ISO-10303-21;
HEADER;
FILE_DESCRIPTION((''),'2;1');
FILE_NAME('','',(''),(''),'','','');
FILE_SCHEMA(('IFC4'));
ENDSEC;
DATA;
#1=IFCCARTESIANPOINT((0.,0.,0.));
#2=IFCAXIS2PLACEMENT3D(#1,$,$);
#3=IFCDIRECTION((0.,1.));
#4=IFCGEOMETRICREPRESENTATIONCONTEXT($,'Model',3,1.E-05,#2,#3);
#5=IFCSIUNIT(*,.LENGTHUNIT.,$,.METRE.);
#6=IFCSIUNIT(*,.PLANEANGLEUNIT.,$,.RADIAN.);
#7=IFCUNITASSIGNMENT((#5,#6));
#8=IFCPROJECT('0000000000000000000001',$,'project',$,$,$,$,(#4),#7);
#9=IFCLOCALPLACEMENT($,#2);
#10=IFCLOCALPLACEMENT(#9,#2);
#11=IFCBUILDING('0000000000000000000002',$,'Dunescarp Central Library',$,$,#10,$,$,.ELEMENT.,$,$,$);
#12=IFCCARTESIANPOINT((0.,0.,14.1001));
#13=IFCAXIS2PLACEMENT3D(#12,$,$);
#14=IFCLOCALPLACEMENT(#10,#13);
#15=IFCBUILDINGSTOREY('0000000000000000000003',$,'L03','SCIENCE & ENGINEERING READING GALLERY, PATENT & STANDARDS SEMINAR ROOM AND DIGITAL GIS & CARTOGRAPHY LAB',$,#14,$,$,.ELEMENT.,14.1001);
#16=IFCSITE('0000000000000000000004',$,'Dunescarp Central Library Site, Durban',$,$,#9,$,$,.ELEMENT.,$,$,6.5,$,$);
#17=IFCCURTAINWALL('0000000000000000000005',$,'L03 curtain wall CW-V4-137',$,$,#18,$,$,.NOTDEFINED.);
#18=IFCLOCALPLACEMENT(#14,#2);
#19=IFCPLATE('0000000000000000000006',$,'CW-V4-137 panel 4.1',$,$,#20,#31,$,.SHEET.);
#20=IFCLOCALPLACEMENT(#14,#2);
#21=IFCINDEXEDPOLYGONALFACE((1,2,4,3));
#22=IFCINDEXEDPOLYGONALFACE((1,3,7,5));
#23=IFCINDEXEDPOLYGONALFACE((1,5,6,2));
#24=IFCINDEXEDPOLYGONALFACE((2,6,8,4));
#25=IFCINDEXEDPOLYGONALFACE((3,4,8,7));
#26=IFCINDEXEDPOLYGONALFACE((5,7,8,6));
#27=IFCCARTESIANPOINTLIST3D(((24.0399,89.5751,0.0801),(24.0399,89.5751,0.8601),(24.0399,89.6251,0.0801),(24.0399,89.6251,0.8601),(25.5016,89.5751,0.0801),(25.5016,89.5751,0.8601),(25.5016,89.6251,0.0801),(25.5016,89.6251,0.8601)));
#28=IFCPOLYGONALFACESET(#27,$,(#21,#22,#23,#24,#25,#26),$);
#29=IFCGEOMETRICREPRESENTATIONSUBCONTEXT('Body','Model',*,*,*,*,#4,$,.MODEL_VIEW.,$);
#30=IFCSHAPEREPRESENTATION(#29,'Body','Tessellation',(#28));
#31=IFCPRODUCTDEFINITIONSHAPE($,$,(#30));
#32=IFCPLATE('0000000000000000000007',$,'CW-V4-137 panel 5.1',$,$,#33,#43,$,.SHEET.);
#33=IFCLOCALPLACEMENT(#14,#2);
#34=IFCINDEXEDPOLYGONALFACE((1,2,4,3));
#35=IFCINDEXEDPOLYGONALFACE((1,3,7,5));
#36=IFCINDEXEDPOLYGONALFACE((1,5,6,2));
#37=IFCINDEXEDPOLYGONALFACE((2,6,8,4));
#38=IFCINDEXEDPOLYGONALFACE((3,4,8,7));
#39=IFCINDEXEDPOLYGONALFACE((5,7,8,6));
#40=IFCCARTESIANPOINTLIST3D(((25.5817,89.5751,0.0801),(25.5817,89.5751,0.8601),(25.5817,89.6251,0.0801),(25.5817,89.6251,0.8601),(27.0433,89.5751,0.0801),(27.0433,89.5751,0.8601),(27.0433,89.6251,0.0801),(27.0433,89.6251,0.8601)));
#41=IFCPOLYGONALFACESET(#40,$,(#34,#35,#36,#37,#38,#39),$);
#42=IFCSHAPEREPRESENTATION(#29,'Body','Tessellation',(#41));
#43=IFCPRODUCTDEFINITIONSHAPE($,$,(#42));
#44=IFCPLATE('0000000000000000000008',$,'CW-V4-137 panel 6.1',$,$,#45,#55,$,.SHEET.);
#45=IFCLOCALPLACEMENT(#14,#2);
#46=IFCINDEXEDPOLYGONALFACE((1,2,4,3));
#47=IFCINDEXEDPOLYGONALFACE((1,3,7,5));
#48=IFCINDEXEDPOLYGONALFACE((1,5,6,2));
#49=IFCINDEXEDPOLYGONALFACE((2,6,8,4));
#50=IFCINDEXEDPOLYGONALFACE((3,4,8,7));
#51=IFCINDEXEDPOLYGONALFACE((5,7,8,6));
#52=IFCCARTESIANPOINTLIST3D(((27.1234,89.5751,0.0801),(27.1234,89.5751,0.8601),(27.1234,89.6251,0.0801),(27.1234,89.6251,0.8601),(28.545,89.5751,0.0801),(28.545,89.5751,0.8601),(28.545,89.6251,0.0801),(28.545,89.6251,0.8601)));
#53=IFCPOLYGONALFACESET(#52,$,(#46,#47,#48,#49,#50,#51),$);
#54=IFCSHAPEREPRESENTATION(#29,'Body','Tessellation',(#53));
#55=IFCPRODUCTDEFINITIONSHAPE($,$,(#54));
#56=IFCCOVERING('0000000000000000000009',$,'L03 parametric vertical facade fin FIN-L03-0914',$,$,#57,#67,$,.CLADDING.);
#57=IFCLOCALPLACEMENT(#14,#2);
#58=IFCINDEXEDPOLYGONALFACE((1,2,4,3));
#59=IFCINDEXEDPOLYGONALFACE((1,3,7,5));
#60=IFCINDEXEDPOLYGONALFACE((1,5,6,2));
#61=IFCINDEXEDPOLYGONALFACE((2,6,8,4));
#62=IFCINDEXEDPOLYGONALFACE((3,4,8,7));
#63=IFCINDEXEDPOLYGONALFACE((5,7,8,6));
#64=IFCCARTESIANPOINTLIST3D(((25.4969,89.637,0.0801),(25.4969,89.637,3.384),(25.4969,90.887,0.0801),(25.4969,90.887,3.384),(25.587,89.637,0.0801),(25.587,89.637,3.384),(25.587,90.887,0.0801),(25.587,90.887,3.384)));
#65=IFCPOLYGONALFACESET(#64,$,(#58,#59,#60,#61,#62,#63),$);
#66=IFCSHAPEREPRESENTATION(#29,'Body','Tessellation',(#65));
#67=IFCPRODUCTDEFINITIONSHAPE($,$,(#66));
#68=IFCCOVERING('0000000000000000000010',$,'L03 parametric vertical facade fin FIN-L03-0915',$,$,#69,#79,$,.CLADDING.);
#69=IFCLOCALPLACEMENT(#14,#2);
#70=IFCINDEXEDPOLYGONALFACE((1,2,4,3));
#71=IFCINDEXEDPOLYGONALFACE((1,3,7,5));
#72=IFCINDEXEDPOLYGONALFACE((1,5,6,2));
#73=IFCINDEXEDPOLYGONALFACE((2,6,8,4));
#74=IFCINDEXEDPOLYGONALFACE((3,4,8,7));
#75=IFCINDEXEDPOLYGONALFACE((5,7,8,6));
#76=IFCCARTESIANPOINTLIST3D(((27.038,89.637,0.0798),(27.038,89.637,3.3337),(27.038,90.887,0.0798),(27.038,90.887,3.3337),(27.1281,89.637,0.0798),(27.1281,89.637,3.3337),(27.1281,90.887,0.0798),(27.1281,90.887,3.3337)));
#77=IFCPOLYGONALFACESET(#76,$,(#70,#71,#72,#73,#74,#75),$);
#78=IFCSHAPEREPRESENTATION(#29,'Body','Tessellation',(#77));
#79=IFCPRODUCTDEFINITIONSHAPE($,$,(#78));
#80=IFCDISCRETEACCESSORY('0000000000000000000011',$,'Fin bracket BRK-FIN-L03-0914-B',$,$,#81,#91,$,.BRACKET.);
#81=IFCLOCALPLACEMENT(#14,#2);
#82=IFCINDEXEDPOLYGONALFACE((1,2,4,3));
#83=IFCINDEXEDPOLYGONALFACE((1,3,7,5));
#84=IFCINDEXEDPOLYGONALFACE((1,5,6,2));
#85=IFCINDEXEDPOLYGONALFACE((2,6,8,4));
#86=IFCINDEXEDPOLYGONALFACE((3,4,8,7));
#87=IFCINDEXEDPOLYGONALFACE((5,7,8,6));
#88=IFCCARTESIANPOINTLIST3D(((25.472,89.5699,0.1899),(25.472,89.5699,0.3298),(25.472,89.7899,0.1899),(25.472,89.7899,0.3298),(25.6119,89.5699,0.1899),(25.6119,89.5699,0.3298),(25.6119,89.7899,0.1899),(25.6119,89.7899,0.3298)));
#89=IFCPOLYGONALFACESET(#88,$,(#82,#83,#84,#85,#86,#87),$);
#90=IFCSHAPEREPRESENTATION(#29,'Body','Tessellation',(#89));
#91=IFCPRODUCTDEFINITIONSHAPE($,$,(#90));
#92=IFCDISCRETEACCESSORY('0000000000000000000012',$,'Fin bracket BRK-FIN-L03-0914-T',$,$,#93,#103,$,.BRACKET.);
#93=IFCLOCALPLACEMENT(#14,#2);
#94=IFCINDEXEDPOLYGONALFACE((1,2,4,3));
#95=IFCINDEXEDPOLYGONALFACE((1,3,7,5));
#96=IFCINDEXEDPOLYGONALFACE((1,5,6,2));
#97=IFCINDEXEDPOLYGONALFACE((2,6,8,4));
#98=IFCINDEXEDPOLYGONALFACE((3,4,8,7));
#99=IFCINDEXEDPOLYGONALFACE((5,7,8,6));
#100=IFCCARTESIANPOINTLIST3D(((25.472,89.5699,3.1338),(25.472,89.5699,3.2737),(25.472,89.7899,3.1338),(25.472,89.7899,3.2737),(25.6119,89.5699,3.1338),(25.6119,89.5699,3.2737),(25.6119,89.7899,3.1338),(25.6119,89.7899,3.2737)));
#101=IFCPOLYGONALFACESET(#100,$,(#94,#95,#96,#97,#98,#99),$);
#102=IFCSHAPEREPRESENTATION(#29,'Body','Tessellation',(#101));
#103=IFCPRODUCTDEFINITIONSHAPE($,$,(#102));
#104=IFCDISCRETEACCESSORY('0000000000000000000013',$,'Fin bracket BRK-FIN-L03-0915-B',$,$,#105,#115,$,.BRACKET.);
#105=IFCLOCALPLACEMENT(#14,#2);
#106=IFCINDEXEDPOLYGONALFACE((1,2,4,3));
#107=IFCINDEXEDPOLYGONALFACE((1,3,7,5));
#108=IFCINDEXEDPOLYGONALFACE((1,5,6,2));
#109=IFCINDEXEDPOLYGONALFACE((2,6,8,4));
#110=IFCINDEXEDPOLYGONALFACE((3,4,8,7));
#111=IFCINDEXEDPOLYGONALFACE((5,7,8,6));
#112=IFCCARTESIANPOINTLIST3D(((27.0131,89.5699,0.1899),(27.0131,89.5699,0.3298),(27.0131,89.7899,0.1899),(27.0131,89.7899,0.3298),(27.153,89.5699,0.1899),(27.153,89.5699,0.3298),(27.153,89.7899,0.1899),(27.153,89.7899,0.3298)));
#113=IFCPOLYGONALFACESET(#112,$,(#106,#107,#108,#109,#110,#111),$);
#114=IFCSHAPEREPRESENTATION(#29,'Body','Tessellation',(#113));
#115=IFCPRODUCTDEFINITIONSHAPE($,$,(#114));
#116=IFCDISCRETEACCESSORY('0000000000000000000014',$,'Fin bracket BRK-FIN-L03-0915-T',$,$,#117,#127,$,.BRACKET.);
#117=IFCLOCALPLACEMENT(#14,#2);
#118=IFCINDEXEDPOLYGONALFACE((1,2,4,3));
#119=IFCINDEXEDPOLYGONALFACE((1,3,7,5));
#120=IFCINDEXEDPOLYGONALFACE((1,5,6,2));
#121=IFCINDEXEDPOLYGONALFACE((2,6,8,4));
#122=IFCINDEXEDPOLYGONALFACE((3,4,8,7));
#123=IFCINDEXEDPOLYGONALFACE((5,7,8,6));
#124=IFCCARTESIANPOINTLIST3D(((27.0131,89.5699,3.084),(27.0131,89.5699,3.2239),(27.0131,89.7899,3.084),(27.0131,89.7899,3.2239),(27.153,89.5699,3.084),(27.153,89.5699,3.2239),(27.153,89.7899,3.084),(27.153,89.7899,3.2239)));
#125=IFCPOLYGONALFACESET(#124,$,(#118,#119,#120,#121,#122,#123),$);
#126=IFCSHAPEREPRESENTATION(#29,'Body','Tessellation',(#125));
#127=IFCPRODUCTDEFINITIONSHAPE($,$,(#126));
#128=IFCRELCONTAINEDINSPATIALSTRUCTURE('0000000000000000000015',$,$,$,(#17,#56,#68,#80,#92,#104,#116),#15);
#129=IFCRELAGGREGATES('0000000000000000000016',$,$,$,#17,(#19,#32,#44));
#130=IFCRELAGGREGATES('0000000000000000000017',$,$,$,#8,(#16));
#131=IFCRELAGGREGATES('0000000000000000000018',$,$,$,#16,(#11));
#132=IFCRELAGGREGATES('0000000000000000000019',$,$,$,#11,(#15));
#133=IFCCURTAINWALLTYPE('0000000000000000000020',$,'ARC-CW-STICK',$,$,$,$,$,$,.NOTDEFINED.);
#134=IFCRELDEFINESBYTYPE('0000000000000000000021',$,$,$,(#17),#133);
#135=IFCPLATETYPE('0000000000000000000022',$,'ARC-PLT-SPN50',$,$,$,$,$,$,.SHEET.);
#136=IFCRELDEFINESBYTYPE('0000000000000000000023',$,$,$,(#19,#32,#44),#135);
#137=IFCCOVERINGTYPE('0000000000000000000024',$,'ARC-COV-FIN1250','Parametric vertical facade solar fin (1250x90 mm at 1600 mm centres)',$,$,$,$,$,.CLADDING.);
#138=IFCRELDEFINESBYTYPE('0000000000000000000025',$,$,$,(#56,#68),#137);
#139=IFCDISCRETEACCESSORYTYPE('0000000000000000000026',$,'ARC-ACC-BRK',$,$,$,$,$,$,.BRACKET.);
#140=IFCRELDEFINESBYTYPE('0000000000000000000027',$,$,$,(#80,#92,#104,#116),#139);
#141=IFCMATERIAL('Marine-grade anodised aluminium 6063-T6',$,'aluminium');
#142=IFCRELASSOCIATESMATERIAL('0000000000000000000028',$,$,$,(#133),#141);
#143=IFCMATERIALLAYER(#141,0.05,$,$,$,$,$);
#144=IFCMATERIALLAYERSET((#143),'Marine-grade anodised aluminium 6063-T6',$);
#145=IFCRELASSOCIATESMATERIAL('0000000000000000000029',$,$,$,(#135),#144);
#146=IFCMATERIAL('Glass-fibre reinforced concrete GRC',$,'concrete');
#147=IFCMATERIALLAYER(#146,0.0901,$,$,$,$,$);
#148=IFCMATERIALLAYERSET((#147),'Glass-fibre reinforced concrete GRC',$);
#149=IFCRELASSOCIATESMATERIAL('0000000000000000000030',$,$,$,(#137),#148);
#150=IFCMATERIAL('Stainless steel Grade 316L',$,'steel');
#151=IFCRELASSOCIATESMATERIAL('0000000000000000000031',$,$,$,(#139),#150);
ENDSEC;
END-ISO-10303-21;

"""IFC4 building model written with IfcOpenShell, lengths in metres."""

from ifc_helpers import new_model, si_unit, direction, frame, origin, origin_2d, place, context, subcontext, project, spatial, rectangle, extrude, material, layer, layer_set, type_object, element, aggregate, save


model = new_model("IFC4")

# Units and contexts
model_context = context("Model", 3, precision=1e-05, world=origin(), true_north=direction((0.0, 1.0)))
body_context = subcontext(model_context, "Body", "Model", "MODEL_VIEW")
ifc_project = project(units=[si_unit("LENGTHUNIT", "METRE"), si_unit("PLANEANGLEUNIT", "RADIAN")], contexts=[model_context])

# Site, building, storey
site_placement = place(None, origin())
site = spatial("IfcSite", under=ifc_project, at=site_placement, Name="Dunescarp Central Library Site, Durban", CompositionType="ELEMENT", RefElevation=6.5)
building_placement = place(site_placement, origin())
building = spatial("IfcBuilding", under=site, at=building_placement, Name="Dunescarp Central Library", CompositionType="ELEMENT")
storey_placement = place(building_placement, frame((0.0, 0.0, 14.1001)))
storey = spatial("IfcBuildingStorey", under=building, at=storey_placement, Name="L03", Description="SCIENCE & ENGINEERING READING GALLERY, PATENT & STANDARDS SEMINAR ROOM AND DIGITAL GIS & CARTOGRAPHY LAB", CompositionType="ELEMENT", Elevation=14.1001)

# Curtain wall, plates
ifc_material_1 = material(Name="Marine-grade anodised aluminium 6063-T6", Category="aluminium")
curtain_wall_type = type_object("IfcCurtainWallType", Name="ARC-CW-STICK", PredefinedType="NOTDEFINED", material=ifc_material_1)
curtain_wall_placement = place(storey_placement, origin())
curtain_wall = element("IfcCurtainWall", 1, at=curtain_wall_placement, inside=storey, type_object=curtain_wall_type, Name="L03 curtain wall CW-V4-137", PredefinedType="NOTDEFINED")
ifc_layer_1 = layer(ifc_material_1, 0.05)
ifc_layer_set_1 = layer_set([ifc_layer_1], Name="Marine-grade anodised aluminium 6063-T6")
plate_type_1 = type_object("IfcPlateType", Name="ARC-PLT-SPN50", PredefinedType="SHEET", material=ifc_layer_set_1)
plate_1_placement = place(storey_placement, frame((24.7708, 89.6001, 0.0801), z_axis=(0.0, 0.0, 1.0), x_axis=(1.0, 0.0, 0.0)))
plate_1 = element("IfcPlate", 2, at=plate_1_placement, type_object=plate_type_1, Name="CW-V4-137 panel 4.1", PredefinedType="SHEET", context=body_context, shape_type="SweptSolid", body=[
    extrude(rectangle(XDim=1.4617, YDim=0.05, at=origin_2d()), origin(), (0.0, 0.0, 1.0), 0.78),
])
plate_2_placement = place(storey_placement, frame((26.3125, 89.6001, 0.0801), z_axis=(0.0, 0.0, 1.0), x_axis=(1.0, 0.0, 0.0)))
plate_2 = element("IfcPlate", 3, at=plate_2_placement, type_object=plate_type_1, Name="CW-V4-137 panel 5.1", PredefinedType="SHEET", context=body_context, shape_type="SweptSolid", body=[
    extrude(rectangle(XDim=1.4617, YDim=0.05, at=origin_2d()), origin(), (0.0, 0.0, 1.0), 0.78),
])
plate_3_placement = place(storey_placement, frame((27.8342, 89.6001, 0.0801), z_axis=(0.0, 0.0, 1.0), x_axis=(1.0, 0.0, 0.0)))
plate_3 = element("IfcPlate", 4, at=plate_3_placement, type_object=plate_type_1, Name="CW-V4-137 panel 6.1", PredefinedType="SHEET", context=body_context, shape_type="SweptSolid", body=[
    extrude(rectangle(XDim=1.4216, YDim=0.05, at=origin_2d()), origin(), (0.0, 0.0, 1.0), 0.78),
])
aggregate(curtain_wall, [plate_1, plate_2, plate_3])

# Coverings
ifc_material_2 = material(Name="Glass-fibre reinforced concrete GRC", Category="concrete")
ifc_layer_2 = layer(ifc_material_2, 0.0901)
ifc_layer_set_2 = layer_set([ifc_layer_2], Name="Glass-fibre reinforced concrete GRC")
covering_type = type_object("IfcCoveringType", Name="ARC-COV-FIN1250", Description="Parametric vertical facade solar fin (1250x90 mm at 1600 mm centres)", PredefinedType="CLADDING", material=ifc_layer_set_2)
covering_1_placement = place(storey_placement, frame((25.542, 90.262, 0.0801), z_axis=(0.0, 0.0, 1.0), x_axis=(0.0, 1.0, 0.0)))
element("IfcCovering", 5, at=covering_1_placement, inside=storey, type_object=covering_type, Name="L03 parametric vertical facade fin FIN-L03-0914", PredefinedType="CLADDING", context=body_context, shape_type="SweptSolid", body=[
    extrude(rectangle(XDim=1.25, YDim=0.0901, at=origin_2d()), origin(), (0.0, 0.0, 1.0), 3.304),
])
covering_2_placement = place(storey_placement, frame((27.083, 90.262, 0.0798), z_axis=(0.0, 0.0, 1.0), x_axis=(0.0, 1.0, 0.0)))
element("IfcCovering", 6, at=covering_2_placement, inside=storey, type_object=covering_type, Name="L03 parametric vertical facade fin FIN-L03-0915", PredefinedType="CLADDING", context=body_context, shape_type="SweptSolid", body=[
    extrude(rectangle(XDim=1.25, YDim=0.0901, at=origin_2d()), origin(), (0.0, 0.0, 1.0), 3.2539),
])

# Discrete accessories
ifc_material_3 = material(Name="Stainless steel Grade 316L", Category="steel")
discrete_accessory_type = type_object("IfcDiscreteAccessoryType", Name="ARC-ACC-BRK", PredefinedType="BRACKET", material=ifc_material_3)
for number, where, z_axis, x_axis, name in (
    (7, (25.542, 89.6799, 0.1899), (0.0, 0.0, 1.0), (0.0, 1.0, 0.0), "Fin bracket BRK-FIN-L03-0914-B"),
    (8, (25.542, 89.6799, 3.1338), (0.0, 0.0, 1.0), (0.0, 1.0, 0.0), "Fin bracket BRK-FIN-L03-0914-T"),
    (9, (27.083, 89.6799, 0.1899), (0.0, 0.0, 1.0), (0.0, 1.0, 0.0), "Fin bracket BRK-FIN-L03-0915-B"),
    (10, (27.083, 89.6799, 3.084), (0.0, 0.0, 1.0), (0.0, 1.0, 0.0), "Fin bracket BRK-FIN-L03-0915-T"),
):
    element("IfcDiscreteAccessory", number, at=place(storey_placement, frame(where, z_axis=z_axis, x_axis=x_axis)), inside=storey, type_object=discrete_accessory_type, Name=name, PredefinedType="BRACKET", context=body_context, shape_type="SweptSolid", body=[
        extrude(rectangle(XDim=0.22, YDim=0.1399, at=origin_2d()), origin(), (0.0, 0.0, 1.0), 0.1399),
    ])

save(model, "model.ifc")
